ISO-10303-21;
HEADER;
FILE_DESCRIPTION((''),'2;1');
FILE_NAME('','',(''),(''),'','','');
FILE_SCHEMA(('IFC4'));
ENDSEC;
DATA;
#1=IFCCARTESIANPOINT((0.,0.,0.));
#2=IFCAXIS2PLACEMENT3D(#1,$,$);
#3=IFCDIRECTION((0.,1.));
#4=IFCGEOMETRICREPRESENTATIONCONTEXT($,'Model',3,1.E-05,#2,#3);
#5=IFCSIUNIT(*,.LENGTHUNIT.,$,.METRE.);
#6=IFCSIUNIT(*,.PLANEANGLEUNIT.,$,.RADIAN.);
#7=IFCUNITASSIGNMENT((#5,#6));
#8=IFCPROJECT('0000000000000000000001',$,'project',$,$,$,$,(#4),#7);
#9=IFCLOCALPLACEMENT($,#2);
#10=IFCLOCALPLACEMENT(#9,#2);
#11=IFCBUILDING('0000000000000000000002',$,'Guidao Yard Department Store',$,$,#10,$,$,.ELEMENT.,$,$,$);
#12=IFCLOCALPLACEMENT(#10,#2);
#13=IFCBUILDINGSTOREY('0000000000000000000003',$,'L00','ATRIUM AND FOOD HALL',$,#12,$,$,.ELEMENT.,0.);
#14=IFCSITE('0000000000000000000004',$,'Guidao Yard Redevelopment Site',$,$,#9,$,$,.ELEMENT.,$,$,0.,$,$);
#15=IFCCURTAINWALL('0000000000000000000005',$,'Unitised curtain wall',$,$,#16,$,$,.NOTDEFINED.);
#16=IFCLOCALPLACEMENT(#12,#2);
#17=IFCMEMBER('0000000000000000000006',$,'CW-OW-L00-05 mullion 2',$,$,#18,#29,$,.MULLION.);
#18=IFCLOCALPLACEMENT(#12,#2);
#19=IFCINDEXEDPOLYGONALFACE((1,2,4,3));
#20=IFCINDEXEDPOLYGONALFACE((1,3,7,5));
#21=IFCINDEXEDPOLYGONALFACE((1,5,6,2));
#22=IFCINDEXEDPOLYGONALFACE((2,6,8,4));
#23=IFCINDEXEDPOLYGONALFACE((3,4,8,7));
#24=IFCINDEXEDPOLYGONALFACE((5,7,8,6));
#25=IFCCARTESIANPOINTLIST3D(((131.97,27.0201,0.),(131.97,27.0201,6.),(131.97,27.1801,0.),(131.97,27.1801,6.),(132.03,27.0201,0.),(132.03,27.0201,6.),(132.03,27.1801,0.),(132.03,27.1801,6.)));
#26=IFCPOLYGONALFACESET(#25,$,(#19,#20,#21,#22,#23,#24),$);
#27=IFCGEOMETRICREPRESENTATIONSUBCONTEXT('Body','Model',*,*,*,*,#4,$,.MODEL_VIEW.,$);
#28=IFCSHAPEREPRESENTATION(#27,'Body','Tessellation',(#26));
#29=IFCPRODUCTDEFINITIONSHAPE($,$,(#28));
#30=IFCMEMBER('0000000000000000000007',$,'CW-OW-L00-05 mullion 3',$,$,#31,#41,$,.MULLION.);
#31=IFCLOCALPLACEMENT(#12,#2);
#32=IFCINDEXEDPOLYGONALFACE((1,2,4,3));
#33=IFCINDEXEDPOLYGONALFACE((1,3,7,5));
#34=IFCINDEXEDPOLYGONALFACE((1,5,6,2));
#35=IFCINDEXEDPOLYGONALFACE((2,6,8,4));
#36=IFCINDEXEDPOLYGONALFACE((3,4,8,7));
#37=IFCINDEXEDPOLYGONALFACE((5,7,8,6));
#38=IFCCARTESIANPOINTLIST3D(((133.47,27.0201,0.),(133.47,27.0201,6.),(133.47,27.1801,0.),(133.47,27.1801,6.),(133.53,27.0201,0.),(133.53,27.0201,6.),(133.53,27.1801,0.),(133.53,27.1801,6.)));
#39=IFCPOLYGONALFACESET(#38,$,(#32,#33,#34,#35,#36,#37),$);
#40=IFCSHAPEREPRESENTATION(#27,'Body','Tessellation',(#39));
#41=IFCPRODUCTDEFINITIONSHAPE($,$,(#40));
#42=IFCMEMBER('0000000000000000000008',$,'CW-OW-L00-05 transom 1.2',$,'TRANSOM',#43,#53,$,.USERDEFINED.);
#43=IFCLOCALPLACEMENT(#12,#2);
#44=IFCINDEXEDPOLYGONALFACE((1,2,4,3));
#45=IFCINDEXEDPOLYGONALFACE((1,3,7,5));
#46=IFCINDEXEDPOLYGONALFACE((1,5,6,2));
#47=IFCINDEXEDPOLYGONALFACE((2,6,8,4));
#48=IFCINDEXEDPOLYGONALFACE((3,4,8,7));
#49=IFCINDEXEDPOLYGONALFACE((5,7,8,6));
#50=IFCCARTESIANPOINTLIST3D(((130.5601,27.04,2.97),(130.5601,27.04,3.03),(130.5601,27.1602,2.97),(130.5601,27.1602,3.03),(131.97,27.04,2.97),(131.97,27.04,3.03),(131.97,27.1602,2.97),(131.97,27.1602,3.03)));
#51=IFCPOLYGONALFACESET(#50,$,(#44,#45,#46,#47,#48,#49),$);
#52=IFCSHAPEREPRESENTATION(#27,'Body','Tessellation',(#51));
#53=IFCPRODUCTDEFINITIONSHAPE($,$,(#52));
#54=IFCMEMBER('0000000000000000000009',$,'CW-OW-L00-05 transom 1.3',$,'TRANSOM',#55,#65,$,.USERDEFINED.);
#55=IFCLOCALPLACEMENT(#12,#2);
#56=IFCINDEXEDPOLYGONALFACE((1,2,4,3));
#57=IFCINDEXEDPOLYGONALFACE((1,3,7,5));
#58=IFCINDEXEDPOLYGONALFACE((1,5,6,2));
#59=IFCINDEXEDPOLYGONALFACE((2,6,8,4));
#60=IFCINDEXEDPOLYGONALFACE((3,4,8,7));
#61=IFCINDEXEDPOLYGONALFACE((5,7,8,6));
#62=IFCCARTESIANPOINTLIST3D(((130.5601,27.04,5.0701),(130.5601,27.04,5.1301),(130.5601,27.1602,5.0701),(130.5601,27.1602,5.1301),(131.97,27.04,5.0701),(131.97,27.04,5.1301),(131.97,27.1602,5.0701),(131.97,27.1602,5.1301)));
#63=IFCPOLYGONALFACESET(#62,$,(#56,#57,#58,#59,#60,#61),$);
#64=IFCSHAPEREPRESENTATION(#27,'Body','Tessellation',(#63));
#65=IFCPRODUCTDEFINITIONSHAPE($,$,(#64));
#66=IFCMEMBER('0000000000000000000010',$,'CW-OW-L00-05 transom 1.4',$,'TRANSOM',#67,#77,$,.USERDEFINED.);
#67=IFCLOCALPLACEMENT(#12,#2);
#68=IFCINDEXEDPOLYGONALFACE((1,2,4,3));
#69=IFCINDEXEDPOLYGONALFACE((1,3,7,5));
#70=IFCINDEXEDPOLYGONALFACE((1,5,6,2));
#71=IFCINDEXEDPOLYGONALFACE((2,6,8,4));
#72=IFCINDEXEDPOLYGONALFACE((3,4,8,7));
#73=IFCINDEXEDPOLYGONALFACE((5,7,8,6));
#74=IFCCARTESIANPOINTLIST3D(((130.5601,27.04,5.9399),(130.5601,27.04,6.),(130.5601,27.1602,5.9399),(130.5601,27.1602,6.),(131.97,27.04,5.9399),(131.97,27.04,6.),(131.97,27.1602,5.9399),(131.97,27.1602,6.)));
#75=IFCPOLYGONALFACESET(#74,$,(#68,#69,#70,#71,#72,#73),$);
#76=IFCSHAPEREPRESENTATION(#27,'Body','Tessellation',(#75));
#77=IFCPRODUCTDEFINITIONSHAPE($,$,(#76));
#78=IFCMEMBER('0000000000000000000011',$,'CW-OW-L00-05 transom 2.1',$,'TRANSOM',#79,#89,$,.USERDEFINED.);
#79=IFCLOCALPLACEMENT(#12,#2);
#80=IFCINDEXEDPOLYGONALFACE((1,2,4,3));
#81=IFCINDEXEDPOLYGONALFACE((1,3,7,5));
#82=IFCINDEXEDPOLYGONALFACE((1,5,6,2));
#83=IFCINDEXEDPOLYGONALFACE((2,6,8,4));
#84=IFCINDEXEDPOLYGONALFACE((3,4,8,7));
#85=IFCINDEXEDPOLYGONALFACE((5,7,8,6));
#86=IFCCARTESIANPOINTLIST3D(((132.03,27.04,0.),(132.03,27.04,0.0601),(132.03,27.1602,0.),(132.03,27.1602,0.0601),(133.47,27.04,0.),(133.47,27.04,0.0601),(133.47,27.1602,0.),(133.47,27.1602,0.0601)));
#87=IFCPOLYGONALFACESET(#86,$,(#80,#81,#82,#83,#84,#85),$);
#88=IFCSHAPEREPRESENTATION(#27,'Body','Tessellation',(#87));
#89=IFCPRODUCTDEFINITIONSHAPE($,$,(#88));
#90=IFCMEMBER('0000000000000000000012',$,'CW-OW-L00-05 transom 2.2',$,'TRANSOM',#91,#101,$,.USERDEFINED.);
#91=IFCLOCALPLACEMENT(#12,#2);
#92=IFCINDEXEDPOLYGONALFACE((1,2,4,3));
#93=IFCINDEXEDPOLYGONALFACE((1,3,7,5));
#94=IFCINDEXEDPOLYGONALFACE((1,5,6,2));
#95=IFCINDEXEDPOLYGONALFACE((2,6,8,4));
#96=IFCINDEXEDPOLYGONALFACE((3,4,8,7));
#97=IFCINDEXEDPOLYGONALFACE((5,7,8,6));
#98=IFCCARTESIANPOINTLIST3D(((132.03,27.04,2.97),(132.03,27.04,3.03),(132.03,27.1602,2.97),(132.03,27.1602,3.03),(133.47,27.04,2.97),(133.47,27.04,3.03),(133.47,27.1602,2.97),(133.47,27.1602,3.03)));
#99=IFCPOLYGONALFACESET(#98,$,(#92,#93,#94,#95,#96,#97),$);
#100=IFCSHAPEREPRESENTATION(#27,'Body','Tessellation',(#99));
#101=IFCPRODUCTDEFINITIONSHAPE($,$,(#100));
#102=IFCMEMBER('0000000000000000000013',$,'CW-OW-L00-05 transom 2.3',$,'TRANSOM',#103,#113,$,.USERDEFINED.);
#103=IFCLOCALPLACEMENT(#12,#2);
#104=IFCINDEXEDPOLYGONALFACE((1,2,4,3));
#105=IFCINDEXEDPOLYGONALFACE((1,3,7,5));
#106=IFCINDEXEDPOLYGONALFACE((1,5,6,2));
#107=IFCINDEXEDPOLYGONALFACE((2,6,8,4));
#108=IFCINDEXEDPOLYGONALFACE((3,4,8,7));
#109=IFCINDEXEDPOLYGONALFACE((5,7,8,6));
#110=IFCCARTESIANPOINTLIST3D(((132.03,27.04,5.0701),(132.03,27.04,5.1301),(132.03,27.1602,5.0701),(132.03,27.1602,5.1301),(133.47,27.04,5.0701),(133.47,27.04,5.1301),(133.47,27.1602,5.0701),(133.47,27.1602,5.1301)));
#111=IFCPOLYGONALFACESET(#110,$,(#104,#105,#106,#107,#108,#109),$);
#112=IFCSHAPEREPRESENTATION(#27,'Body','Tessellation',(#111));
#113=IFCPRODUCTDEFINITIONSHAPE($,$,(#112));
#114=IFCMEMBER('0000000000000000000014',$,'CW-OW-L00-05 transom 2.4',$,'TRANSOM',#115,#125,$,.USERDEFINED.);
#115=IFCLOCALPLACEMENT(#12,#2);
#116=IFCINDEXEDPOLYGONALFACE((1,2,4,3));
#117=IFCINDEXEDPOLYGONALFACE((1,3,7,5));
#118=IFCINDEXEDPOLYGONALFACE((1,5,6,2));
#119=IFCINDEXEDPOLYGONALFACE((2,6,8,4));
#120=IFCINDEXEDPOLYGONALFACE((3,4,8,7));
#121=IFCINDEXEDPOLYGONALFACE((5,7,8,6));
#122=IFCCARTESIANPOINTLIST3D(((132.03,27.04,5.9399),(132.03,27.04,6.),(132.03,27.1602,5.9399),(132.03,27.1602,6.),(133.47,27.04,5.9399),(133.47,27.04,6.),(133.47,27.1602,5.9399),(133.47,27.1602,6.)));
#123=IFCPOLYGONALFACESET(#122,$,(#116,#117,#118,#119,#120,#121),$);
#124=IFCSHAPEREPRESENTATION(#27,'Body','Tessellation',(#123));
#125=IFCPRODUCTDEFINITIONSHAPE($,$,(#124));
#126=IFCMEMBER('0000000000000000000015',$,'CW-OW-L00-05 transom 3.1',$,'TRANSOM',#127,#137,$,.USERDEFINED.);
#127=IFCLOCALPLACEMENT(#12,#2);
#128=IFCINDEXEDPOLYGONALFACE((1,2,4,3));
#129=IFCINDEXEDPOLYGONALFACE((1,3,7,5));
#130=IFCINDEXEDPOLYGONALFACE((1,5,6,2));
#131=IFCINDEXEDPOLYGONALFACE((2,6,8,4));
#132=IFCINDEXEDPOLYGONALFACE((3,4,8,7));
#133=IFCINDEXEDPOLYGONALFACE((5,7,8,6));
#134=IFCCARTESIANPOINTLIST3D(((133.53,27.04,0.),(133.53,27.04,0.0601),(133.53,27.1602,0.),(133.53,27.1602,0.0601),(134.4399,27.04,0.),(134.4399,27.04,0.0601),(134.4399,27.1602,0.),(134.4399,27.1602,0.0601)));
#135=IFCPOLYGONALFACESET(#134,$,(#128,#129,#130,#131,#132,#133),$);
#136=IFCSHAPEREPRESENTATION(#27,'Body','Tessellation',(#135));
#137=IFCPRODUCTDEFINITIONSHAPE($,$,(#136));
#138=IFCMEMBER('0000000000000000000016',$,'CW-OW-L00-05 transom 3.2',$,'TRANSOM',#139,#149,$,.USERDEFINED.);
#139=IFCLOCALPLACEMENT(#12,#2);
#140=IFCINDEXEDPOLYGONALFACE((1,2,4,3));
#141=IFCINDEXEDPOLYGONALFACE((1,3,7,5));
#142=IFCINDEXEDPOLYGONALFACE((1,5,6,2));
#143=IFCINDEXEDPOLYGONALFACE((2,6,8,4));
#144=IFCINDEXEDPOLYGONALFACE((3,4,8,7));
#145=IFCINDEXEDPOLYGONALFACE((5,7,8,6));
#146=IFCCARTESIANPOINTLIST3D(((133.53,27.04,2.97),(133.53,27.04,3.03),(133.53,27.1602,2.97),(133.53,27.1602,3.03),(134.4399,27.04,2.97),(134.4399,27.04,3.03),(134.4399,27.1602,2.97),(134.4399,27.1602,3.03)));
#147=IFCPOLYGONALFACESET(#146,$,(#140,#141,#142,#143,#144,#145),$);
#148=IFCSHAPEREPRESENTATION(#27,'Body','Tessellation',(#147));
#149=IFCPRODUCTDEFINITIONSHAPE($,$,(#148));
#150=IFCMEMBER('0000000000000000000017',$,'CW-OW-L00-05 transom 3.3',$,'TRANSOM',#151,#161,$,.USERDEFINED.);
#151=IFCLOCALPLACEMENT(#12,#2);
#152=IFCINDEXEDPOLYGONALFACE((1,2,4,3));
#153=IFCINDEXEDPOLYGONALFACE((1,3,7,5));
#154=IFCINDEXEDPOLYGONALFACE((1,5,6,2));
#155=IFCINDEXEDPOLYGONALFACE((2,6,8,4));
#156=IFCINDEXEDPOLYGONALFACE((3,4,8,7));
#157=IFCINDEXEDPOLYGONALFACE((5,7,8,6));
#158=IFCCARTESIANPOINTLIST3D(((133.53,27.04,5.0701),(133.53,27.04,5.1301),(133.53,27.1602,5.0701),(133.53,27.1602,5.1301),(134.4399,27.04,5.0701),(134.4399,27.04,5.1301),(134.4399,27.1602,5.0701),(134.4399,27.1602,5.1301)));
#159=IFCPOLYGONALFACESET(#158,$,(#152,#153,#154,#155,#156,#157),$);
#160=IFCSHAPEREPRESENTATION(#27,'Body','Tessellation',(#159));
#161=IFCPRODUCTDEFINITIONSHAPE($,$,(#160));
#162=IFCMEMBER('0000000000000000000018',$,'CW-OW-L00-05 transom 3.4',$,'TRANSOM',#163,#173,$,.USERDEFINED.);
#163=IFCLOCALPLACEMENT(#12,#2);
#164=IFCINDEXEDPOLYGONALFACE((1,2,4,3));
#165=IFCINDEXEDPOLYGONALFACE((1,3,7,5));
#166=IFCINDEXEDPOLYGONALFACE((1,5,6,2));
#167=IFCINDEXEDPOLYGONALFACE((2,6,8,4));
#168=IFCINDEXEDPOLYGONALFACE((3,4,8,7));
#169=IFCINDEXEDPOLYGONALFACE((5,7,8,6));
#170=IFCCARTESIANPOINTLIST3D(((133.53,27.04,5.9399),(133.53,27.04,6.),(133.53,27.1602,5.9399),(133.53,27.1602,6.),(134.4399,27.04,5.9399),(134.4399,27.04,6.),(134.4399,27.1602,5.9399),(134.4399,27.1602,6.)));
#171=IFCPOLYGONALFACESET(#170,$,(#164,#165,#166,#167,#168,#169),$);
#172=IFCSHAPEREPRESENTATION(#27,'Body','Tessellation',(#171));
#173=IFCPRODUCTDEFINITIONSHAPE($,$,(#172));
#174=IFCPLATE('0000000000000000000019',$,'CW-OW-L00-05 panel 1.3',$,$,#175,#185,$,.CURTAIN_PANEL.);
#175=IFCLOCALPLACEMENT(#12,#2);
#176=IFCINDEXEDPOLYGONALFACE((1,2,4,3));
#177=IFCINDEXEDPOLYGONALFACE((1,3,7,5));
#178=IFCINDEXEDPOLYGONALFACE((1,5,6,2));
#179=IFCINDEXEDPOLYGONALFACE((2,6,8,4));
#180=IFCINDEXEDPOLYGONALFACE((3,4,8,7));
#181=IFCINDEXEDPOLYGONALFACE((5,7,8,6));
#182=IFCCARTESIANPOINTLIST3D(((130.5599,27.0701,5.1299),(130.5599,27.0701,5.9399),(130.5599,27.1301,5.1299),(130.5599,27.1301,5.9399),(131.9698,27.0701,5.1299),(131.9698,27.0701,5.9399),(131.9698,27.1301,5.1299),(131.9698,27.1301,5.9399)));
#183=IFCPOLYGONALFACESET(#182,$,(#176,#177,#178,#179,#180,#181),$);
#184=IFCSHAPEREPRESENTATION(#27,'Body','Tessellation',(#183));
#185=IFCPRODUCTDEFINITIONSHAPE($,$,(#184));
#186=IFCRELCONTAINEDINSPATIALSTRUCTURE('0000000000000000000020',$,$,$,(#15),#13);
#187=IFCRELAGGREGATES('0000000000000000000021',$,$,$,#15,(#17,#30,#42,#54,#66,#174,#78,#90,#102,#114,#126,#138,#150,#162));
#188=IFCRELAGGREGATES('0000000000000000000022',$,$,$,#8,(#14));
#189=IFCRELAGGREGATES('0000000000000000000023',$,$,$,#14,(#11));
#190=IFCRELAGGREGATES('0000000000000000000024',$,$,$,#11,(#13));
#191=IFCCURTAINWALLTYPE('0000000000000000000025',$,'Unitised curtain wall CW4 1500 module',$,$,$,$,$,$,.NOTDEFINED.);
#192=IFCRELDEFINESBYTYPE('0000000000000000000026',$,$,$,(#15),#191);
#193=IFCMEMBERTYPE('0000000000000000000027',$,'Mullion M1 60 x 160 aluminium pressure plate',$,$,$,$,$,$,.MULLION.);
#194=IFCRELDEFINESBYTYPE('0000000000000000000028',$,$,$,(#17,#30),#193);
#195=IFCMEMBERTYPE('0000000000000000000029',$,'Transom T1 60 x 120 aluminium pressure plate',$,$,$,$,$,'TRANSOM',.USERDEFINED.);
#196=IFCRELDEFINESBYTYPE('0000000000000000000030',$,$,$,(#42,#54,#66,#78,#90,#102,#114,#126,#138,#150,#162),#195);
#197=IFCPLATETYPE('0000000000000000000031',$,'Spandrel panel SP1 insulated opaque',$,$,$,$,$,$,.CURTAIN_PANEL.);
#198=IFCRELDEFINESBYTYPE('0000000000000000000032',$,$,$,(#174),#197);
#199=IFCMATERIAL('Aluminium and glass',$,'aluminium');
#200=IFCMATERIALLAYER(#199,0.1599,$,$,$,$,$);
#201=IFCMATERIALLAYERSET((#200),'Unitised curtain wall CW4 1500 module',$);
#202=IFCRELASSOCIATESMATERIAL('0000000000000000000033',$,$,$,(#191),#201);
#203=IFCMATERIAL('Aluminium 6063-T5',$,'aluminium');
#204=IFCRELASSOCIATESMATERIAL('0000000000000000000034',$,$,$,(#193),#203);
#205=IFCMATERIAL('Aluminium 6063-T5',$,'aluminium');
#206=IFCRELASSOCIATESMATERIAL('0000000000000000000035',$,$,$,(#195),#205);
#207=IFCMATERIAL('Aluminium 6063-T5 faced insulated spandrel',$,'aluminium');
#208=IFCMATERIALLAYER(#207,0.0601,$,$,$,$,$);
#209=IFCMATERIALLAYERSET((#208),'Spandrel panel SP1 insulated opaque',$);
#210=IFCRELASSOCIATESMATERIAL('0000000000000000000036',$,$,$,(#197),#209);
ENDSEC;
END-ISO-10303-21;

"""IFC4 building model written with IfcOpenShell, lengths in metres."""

from ifc_helpers import new_model, si_unit, direction, frame, origin, origin_2d, place, context, subcontext, project, spatial, rectangle, extrude, material, layer, layer_set, material_profile, profile_set, type_object, element, aggregate, save


model = new_model("IFC4")

# Units and contexts
model_context = context("Model", 3, precision=1e-05, world=origin(), true_north=direction((0.0, 1.0)))
body_context = subcontext(model_context, "Body", "Model", "MODEL_VIEW")
ifc_project = project(units=[si_unit("LENGTHUNIT", "METRE"), si_unit("PLANEANGLEUNIT", "RADIAN")], contexts=[model_context])

# Site, building, storey
site_placement = place(None, origin())
site = spatial("IfcSite", under=ifc_project, at=site_placement, Name="Guidao Yard Redevelopment Site", CompositionType="ELEMENT", RefElevation=0.0)
building_placement = place(site_placement, origin())
building = spatial("IfcBuilding", under=site, at=building_placement, Name="Guidao Yard Department Store", CompositionType="ELEMENT")
storey_placement = place(building_placement, origin())
storey = spatial("IfcBuildingStorey", under=building, at=storey_placement, Name="L00", Description="ATRIUM AND FOOD HALL", CompositionType="ELEMENT", Elevation=0.0)

# Curtain wall, members, plate
ifc_material_1 = material(Name="Aluminium and glass", Category="aluminium")
ifc_layer_1 = layer(ifc_material_1, 0.1599)
ifc_layer_set_1 = layer_set([ifc_layer_1], Name="Unitised curtain wall CW4 1500 module")
curtain_wall_type = type_object("IfcCurtainWallType", Name="Unitised curtain wall CW4 1500 module", PredefinedType="NOTDEFINED", material=ifc_layer_set_1)
curtain_wall_placement = place(storey_placement, origin())
curtain_wall = element("IfcCurtainWall", 1, at=curtain_wall_placement, inside=storey, type_object=curtain_wall_type, Name="Unitised curtain wall", PredefinedType="NOTDEFINED")
ifc_material_2 = material(Name="Aluminium 6063-T5", Category="aluminium")
ifc_material_profile_1 = material_profile(ifc_material_2, rectangle(XDim=0.0601, YDim=0.1599, at=origin_2d()), Name="Mullion M1 60 x 160 aluminium pressure plate")
ifc_profile_set_1 = profile_set([ifc_material_profile_1], Name="Aluminium 6063-T5")
member_type_1 = type_object("IfcMemberType", Name="Mullion M1 60 x 160 aluminium pressure plate", PredefinedType="MULLION", material=ifc_profile_set_1)
member_1_placement = place(storey_placement, frame((132.0, 27.1001, 0.0), z_axis=(0.0, 0.0, 1.0), x_axis=(1.0, 0.0, 0.0)))
member_1 = element("IfcMember", 2, at=member_1_placement, type_object=member_type_1, Name="CW-OW-L00-05 mullion 2", PredefinedType="MULLION", context=body_context, shape_type="SweptSolid", body=[
    extrude(rectangle(XDim=0.0601, YDim=0.1599, at=origin_2d()), origin(), (0.0, 0.0, 1.0), 6.0),
])
member_2_placement = place(storey_placement, frame((133.5, 27.1001, 0.0), z_axis=(0.0, 0.0, 1.0), x_axis=(1.0, 0.0, 0.0)))
member_2 = element("IfcMember", 3, at=member_2_placement, type_object=member_type_1, Name="CW-OW-L00-05 mullion 3", PredefinedType="MULLION", context=body_context, shape_type="SweptSolid", body=[
    extrude(rectangle(XDim=0.0601, YDim=0.1599, at=origin_2d()), origin(), (0.0, 0.0, 1.0), 6.0),
])
ifc_material_3 = material(Name="Aluminium 6063-T5", Category="aluminium")
ifc_material_profile_2 = material_profile(ifc_material_3, rectangle(XDim=0.1201, YDim=0.0601, at=origin_2d()), Name="Transom T1 60 x 120 aluminium pressure plate")
ifc_profile_set_2 = profile_set([ifc_material_profile_2], Name="Aluminium 6063-T5")
member_type_2 = type_object("IfcMemberType", Name="Transom T1 60 x 120 aluminium pressure plate", ElementType="TRANSOM", PredefinedType="USERDEFINED", material=ifc_profile_set_2)
member_3_placement = place(storey_placement, frame((130.5601, 27.1001, 3.0), z_axis=(1.0, 0.0, 0.0), x_axis=(0.0, 1.0, 0.0)))
member_3 = element("IfcMember", 4, at=member_3_placement, type_object=member_type_2, Name="CW-OW-L00-05 transom 1.2", ObjectType="TRANSOM", PredefinedType="USERDEFINED", context=body_context, shape_type="SweptSolid", body=[
    extrude(rectangle(XDim=0.1201, YDim=0.0601, at=origin_2d()), origin(), (0.0, 0.0, 1.0), 1.4099),
])
member_4_placement = place(storey_placement, frame((130.5601, 27.1001, 5.1001), z_axis=(1.0, 0.0, 0.0), x_axis=(0.0, 1.0, 0.0)))
member_4 = element("IfcMember", 5, at=member_4_placement, type_object=member_type_2, Name="CW-OW-L00-05 transom 1.3", ObjectType="TRANSOM", PredefinedType="USERDEFINED", context=body_context, shape_type="SweptSolid", body=[
    extrude(rectangle(XDim=0.1201, YDim=0.0601, at=origin_2d()), origin(), (0.0, 0.0, 1.0), 1.4099),
])
member_5_placement = place(storey_placement, frame((130.5601, 27.1001, 5.97), z_axis=(1.0, 0.0, 0.0), x_axis=(0.0, 1.0, 0.0)))
member_5 = element("IfcMember", 6, at=member_5_placement, type_object=member_type_2, Name="CW-OW-L00-05 transom 1.4", ObjectType="TRANSOM", PredefinedType="USERDEFINED", context=body_context, shape_type="SweptSolid", body=[
    extrude(rectangle(XDim=0.1201, YDim=0.0601, at=origin_2d()), origin(), (0.0, 0.0, 1.0), 1.4099),
])
member_6_placement = place(storey_placement, frame((132.03, 27.1001, 0.03), z_axis=(1.0, 0.0, 0.0), x_axis=(0.0, 1.0, 0.0)))
member_6 = element("IfcMember", 7, at=member_6_placement, type_object=member_type_2, Name="CW-OW-L00-05 transom 2.1", ObjectType="TRANSOM", PredefinedType="USERDEFINED", context=body_context, shape_type="SweptSolid", body=[
    extrude(rectangle(XDim=0.1201, YDim=0.0601, at=origin_2d()), origin(), (0.0, 0.0, 1.0), 1.4399),
])
member_7_placement = place(storey_placement, frame((132.03, 27.1001, 3.0), z_axis=(1.0, 0.0, 0.0), x_axis=(0.0, 1.0, 0.0)))
member_7 = element("IfcMember", 8, at=member_7_placement, type_object=member_type_2, Name="CW-OW-L00-05 transom 2.2", ObjectType="TRANSOM", PredefinedType="USERDEFINED", context=body_context, shape_type="SweptSolid", body=[
    extrude(rectangle(XDim=0.1201, YDim=0.0601, at=origin_2d()), origin(), (0.0, 0.0, 1.0), 1.4399),
])
member_8_placement = place(storey_placement, frame((132.03, 27.1001, 5.1001), z_axis=(1.0, 0.0, 0.0), x_axis=(0.0, 1.0, 0.0)))
member_8 = element("IfcMember", 9, at=member_8_placement, type_object=member_type_2, Name="CW-OW-L00-05 transom 2.3", ObjectType="TRANSOM", PredefinedType="USERDEFINED", context=body_context, shape_type="SweptSolid", body=[
    extrude(rectangle(XDim=0.1201, YDim=0.0601, at=origin_2d()), origin(), (0.0, 0.0, 1.0), 1.4399),
])
member_9_placement = place(storey_placement, frame((132.03, 27.1001, 5.97), z_axis=(1.0, 0.0, 0.0), x_axis=(0.0, 1.0, 0.0)))
member_9 = element("IfcMember", 10, at=member_9_placement, type_object=member_type_2, Name="CW-OW-L00-05 transom 2.4", ObjectType="TRANSOM", PredefinedType="USERDEFINED", context=body_context, shape_type="SweptSolid", body=[
    extrude(rectangle(XDim=0.1201, YDim=0.0601, at=origin_2d()), origin(), (0.0, 0.0, 1.0), 1.4399),
])
member_10_placement = place(storey_placement, frame((133.53, 27.1001, 0.03), z_axis=(1.0, 0.0, 0.0), x_axis=(0.0, 1.0, 0.0)))
member_10 = element("IfcMember", 11, at=member_10_placement, type_object=member_type_2, Name="CW-OW-L00-05 transom 3.1", ObjectType="TRANSOM", PredefinedType="USERDEFINED", context=body_context, shape_type="SweptSolid", body=[
    extrude(rectangle(XDim=0.1201, YDim=0.0601, at=origin_2d()), origin(), (0.0, 0.0, 1.0), 0.9099),
])
member_11_placement = place(storey_placement, frame((133.53, 27.1001, 3.0), z_axis=(1.0, 0.0, 0.0), x_axis=(0.0, 1.0, 0.0)))
member_11 = element("IfcMember", 12, at=member_11_placement, type_object=member_type_2, Name="CW-OW-L00-05 transom 3.2", ObjectType="TRANSOM", PredefinedType="USERDEFINED", context=body_context, shape_type="SweptSolid", body=[
    extrude(rectangle(XDim=0.1201, YDim=0.0601, at=origin_2d()), origin(), (0.0, 0.0, 1.0), 0.9099),
])
member_12_placement = place(storey_placement, frame((133.53, 27.1001, 5.1001), z_axis=(1.0, 0.0, 0.0), x_axis=(0.0, 1.0, 0.0)))
member_12 = element("IfcMember", 13, at=member_12_placement, type_object=member_type_2, Name="CW-OW-L00-05 transom 3.3", ObjectType="TRANSOM", PredefinedType="USERDEFINED", context=body_context, shape_type="SweptSolid", body=[
    extrude(rectangle(XDim=0.1201, YDim=0.0601, at=origin_2d()), origin(), (0.0, 0.0, 1.0), 0.9099),
])
member_13_placement = place(storey_placement, frame((133.53, 27.1001, 5.97), z_axis=(1.0, 0.0, 0.0), x_axis=(0.0, 1.0, 0.0)))
member_13 = element("IfcMember", 14, at=member_13_placement, type_object=member_type_2, Name="CW-OW-L00-05 transom 3.4", ObjectType="TRANSOM", PredefinedType="USERDEFINED", context=body_context, shape_type="SweptSolid", body=[
    extrude(rectangle(XDim=0.1201, YDim=0.0601, at=origin_2d()), origin(), (0.0, 0.0, 1.0), 0.9099),
])
ifc_material_4 = material(Name="Aluminium 6063-T5 faced insulated spandrel", Category="aluminium")
ifc_layer_2 = layer(ifc_material_4, 0.0601)
ifc_layer_set_2 = layer_set([ifc_layer_2], Name="Spandrel panel SP1 insulated opaque")
plate_type_1 = type_object("IfcPlateType", Name="Spandrel panel SP1 insulated opaque", PredefinedType="CURTAIN_PANEL", material=ifc_layer_set_2)
plate_1_placement = place(storey_placement, frame((131.2649, 27.1001, 5.1299), z_axis=(0.0, 0.0, 1.0), x_axis=(1.0, 0.0, 0.0)))
plate_1 = element("IfcPlate", 15, at=plate_1_placement, type_object=plate_type_1, Name="CW-OW-L00-05 panel 1.3", PredefinedType="CURTAIN_PANEL", context=body_context, shape_type="SweptSolid", body=[
    extrude(rectangle(XDim=1.4099, YDim=0.0601, at=origin_2d()), origin(), (0.0, 0.0, 1.0), 0.8101),
])
aggregate(curtain_wall, [member_1, member_2, member_3, member_4, member_5, plate_1, member_6, member_7, member_8, member_9, member_10, member_11, member_12, member_13])

save(model, "model.ifc")
